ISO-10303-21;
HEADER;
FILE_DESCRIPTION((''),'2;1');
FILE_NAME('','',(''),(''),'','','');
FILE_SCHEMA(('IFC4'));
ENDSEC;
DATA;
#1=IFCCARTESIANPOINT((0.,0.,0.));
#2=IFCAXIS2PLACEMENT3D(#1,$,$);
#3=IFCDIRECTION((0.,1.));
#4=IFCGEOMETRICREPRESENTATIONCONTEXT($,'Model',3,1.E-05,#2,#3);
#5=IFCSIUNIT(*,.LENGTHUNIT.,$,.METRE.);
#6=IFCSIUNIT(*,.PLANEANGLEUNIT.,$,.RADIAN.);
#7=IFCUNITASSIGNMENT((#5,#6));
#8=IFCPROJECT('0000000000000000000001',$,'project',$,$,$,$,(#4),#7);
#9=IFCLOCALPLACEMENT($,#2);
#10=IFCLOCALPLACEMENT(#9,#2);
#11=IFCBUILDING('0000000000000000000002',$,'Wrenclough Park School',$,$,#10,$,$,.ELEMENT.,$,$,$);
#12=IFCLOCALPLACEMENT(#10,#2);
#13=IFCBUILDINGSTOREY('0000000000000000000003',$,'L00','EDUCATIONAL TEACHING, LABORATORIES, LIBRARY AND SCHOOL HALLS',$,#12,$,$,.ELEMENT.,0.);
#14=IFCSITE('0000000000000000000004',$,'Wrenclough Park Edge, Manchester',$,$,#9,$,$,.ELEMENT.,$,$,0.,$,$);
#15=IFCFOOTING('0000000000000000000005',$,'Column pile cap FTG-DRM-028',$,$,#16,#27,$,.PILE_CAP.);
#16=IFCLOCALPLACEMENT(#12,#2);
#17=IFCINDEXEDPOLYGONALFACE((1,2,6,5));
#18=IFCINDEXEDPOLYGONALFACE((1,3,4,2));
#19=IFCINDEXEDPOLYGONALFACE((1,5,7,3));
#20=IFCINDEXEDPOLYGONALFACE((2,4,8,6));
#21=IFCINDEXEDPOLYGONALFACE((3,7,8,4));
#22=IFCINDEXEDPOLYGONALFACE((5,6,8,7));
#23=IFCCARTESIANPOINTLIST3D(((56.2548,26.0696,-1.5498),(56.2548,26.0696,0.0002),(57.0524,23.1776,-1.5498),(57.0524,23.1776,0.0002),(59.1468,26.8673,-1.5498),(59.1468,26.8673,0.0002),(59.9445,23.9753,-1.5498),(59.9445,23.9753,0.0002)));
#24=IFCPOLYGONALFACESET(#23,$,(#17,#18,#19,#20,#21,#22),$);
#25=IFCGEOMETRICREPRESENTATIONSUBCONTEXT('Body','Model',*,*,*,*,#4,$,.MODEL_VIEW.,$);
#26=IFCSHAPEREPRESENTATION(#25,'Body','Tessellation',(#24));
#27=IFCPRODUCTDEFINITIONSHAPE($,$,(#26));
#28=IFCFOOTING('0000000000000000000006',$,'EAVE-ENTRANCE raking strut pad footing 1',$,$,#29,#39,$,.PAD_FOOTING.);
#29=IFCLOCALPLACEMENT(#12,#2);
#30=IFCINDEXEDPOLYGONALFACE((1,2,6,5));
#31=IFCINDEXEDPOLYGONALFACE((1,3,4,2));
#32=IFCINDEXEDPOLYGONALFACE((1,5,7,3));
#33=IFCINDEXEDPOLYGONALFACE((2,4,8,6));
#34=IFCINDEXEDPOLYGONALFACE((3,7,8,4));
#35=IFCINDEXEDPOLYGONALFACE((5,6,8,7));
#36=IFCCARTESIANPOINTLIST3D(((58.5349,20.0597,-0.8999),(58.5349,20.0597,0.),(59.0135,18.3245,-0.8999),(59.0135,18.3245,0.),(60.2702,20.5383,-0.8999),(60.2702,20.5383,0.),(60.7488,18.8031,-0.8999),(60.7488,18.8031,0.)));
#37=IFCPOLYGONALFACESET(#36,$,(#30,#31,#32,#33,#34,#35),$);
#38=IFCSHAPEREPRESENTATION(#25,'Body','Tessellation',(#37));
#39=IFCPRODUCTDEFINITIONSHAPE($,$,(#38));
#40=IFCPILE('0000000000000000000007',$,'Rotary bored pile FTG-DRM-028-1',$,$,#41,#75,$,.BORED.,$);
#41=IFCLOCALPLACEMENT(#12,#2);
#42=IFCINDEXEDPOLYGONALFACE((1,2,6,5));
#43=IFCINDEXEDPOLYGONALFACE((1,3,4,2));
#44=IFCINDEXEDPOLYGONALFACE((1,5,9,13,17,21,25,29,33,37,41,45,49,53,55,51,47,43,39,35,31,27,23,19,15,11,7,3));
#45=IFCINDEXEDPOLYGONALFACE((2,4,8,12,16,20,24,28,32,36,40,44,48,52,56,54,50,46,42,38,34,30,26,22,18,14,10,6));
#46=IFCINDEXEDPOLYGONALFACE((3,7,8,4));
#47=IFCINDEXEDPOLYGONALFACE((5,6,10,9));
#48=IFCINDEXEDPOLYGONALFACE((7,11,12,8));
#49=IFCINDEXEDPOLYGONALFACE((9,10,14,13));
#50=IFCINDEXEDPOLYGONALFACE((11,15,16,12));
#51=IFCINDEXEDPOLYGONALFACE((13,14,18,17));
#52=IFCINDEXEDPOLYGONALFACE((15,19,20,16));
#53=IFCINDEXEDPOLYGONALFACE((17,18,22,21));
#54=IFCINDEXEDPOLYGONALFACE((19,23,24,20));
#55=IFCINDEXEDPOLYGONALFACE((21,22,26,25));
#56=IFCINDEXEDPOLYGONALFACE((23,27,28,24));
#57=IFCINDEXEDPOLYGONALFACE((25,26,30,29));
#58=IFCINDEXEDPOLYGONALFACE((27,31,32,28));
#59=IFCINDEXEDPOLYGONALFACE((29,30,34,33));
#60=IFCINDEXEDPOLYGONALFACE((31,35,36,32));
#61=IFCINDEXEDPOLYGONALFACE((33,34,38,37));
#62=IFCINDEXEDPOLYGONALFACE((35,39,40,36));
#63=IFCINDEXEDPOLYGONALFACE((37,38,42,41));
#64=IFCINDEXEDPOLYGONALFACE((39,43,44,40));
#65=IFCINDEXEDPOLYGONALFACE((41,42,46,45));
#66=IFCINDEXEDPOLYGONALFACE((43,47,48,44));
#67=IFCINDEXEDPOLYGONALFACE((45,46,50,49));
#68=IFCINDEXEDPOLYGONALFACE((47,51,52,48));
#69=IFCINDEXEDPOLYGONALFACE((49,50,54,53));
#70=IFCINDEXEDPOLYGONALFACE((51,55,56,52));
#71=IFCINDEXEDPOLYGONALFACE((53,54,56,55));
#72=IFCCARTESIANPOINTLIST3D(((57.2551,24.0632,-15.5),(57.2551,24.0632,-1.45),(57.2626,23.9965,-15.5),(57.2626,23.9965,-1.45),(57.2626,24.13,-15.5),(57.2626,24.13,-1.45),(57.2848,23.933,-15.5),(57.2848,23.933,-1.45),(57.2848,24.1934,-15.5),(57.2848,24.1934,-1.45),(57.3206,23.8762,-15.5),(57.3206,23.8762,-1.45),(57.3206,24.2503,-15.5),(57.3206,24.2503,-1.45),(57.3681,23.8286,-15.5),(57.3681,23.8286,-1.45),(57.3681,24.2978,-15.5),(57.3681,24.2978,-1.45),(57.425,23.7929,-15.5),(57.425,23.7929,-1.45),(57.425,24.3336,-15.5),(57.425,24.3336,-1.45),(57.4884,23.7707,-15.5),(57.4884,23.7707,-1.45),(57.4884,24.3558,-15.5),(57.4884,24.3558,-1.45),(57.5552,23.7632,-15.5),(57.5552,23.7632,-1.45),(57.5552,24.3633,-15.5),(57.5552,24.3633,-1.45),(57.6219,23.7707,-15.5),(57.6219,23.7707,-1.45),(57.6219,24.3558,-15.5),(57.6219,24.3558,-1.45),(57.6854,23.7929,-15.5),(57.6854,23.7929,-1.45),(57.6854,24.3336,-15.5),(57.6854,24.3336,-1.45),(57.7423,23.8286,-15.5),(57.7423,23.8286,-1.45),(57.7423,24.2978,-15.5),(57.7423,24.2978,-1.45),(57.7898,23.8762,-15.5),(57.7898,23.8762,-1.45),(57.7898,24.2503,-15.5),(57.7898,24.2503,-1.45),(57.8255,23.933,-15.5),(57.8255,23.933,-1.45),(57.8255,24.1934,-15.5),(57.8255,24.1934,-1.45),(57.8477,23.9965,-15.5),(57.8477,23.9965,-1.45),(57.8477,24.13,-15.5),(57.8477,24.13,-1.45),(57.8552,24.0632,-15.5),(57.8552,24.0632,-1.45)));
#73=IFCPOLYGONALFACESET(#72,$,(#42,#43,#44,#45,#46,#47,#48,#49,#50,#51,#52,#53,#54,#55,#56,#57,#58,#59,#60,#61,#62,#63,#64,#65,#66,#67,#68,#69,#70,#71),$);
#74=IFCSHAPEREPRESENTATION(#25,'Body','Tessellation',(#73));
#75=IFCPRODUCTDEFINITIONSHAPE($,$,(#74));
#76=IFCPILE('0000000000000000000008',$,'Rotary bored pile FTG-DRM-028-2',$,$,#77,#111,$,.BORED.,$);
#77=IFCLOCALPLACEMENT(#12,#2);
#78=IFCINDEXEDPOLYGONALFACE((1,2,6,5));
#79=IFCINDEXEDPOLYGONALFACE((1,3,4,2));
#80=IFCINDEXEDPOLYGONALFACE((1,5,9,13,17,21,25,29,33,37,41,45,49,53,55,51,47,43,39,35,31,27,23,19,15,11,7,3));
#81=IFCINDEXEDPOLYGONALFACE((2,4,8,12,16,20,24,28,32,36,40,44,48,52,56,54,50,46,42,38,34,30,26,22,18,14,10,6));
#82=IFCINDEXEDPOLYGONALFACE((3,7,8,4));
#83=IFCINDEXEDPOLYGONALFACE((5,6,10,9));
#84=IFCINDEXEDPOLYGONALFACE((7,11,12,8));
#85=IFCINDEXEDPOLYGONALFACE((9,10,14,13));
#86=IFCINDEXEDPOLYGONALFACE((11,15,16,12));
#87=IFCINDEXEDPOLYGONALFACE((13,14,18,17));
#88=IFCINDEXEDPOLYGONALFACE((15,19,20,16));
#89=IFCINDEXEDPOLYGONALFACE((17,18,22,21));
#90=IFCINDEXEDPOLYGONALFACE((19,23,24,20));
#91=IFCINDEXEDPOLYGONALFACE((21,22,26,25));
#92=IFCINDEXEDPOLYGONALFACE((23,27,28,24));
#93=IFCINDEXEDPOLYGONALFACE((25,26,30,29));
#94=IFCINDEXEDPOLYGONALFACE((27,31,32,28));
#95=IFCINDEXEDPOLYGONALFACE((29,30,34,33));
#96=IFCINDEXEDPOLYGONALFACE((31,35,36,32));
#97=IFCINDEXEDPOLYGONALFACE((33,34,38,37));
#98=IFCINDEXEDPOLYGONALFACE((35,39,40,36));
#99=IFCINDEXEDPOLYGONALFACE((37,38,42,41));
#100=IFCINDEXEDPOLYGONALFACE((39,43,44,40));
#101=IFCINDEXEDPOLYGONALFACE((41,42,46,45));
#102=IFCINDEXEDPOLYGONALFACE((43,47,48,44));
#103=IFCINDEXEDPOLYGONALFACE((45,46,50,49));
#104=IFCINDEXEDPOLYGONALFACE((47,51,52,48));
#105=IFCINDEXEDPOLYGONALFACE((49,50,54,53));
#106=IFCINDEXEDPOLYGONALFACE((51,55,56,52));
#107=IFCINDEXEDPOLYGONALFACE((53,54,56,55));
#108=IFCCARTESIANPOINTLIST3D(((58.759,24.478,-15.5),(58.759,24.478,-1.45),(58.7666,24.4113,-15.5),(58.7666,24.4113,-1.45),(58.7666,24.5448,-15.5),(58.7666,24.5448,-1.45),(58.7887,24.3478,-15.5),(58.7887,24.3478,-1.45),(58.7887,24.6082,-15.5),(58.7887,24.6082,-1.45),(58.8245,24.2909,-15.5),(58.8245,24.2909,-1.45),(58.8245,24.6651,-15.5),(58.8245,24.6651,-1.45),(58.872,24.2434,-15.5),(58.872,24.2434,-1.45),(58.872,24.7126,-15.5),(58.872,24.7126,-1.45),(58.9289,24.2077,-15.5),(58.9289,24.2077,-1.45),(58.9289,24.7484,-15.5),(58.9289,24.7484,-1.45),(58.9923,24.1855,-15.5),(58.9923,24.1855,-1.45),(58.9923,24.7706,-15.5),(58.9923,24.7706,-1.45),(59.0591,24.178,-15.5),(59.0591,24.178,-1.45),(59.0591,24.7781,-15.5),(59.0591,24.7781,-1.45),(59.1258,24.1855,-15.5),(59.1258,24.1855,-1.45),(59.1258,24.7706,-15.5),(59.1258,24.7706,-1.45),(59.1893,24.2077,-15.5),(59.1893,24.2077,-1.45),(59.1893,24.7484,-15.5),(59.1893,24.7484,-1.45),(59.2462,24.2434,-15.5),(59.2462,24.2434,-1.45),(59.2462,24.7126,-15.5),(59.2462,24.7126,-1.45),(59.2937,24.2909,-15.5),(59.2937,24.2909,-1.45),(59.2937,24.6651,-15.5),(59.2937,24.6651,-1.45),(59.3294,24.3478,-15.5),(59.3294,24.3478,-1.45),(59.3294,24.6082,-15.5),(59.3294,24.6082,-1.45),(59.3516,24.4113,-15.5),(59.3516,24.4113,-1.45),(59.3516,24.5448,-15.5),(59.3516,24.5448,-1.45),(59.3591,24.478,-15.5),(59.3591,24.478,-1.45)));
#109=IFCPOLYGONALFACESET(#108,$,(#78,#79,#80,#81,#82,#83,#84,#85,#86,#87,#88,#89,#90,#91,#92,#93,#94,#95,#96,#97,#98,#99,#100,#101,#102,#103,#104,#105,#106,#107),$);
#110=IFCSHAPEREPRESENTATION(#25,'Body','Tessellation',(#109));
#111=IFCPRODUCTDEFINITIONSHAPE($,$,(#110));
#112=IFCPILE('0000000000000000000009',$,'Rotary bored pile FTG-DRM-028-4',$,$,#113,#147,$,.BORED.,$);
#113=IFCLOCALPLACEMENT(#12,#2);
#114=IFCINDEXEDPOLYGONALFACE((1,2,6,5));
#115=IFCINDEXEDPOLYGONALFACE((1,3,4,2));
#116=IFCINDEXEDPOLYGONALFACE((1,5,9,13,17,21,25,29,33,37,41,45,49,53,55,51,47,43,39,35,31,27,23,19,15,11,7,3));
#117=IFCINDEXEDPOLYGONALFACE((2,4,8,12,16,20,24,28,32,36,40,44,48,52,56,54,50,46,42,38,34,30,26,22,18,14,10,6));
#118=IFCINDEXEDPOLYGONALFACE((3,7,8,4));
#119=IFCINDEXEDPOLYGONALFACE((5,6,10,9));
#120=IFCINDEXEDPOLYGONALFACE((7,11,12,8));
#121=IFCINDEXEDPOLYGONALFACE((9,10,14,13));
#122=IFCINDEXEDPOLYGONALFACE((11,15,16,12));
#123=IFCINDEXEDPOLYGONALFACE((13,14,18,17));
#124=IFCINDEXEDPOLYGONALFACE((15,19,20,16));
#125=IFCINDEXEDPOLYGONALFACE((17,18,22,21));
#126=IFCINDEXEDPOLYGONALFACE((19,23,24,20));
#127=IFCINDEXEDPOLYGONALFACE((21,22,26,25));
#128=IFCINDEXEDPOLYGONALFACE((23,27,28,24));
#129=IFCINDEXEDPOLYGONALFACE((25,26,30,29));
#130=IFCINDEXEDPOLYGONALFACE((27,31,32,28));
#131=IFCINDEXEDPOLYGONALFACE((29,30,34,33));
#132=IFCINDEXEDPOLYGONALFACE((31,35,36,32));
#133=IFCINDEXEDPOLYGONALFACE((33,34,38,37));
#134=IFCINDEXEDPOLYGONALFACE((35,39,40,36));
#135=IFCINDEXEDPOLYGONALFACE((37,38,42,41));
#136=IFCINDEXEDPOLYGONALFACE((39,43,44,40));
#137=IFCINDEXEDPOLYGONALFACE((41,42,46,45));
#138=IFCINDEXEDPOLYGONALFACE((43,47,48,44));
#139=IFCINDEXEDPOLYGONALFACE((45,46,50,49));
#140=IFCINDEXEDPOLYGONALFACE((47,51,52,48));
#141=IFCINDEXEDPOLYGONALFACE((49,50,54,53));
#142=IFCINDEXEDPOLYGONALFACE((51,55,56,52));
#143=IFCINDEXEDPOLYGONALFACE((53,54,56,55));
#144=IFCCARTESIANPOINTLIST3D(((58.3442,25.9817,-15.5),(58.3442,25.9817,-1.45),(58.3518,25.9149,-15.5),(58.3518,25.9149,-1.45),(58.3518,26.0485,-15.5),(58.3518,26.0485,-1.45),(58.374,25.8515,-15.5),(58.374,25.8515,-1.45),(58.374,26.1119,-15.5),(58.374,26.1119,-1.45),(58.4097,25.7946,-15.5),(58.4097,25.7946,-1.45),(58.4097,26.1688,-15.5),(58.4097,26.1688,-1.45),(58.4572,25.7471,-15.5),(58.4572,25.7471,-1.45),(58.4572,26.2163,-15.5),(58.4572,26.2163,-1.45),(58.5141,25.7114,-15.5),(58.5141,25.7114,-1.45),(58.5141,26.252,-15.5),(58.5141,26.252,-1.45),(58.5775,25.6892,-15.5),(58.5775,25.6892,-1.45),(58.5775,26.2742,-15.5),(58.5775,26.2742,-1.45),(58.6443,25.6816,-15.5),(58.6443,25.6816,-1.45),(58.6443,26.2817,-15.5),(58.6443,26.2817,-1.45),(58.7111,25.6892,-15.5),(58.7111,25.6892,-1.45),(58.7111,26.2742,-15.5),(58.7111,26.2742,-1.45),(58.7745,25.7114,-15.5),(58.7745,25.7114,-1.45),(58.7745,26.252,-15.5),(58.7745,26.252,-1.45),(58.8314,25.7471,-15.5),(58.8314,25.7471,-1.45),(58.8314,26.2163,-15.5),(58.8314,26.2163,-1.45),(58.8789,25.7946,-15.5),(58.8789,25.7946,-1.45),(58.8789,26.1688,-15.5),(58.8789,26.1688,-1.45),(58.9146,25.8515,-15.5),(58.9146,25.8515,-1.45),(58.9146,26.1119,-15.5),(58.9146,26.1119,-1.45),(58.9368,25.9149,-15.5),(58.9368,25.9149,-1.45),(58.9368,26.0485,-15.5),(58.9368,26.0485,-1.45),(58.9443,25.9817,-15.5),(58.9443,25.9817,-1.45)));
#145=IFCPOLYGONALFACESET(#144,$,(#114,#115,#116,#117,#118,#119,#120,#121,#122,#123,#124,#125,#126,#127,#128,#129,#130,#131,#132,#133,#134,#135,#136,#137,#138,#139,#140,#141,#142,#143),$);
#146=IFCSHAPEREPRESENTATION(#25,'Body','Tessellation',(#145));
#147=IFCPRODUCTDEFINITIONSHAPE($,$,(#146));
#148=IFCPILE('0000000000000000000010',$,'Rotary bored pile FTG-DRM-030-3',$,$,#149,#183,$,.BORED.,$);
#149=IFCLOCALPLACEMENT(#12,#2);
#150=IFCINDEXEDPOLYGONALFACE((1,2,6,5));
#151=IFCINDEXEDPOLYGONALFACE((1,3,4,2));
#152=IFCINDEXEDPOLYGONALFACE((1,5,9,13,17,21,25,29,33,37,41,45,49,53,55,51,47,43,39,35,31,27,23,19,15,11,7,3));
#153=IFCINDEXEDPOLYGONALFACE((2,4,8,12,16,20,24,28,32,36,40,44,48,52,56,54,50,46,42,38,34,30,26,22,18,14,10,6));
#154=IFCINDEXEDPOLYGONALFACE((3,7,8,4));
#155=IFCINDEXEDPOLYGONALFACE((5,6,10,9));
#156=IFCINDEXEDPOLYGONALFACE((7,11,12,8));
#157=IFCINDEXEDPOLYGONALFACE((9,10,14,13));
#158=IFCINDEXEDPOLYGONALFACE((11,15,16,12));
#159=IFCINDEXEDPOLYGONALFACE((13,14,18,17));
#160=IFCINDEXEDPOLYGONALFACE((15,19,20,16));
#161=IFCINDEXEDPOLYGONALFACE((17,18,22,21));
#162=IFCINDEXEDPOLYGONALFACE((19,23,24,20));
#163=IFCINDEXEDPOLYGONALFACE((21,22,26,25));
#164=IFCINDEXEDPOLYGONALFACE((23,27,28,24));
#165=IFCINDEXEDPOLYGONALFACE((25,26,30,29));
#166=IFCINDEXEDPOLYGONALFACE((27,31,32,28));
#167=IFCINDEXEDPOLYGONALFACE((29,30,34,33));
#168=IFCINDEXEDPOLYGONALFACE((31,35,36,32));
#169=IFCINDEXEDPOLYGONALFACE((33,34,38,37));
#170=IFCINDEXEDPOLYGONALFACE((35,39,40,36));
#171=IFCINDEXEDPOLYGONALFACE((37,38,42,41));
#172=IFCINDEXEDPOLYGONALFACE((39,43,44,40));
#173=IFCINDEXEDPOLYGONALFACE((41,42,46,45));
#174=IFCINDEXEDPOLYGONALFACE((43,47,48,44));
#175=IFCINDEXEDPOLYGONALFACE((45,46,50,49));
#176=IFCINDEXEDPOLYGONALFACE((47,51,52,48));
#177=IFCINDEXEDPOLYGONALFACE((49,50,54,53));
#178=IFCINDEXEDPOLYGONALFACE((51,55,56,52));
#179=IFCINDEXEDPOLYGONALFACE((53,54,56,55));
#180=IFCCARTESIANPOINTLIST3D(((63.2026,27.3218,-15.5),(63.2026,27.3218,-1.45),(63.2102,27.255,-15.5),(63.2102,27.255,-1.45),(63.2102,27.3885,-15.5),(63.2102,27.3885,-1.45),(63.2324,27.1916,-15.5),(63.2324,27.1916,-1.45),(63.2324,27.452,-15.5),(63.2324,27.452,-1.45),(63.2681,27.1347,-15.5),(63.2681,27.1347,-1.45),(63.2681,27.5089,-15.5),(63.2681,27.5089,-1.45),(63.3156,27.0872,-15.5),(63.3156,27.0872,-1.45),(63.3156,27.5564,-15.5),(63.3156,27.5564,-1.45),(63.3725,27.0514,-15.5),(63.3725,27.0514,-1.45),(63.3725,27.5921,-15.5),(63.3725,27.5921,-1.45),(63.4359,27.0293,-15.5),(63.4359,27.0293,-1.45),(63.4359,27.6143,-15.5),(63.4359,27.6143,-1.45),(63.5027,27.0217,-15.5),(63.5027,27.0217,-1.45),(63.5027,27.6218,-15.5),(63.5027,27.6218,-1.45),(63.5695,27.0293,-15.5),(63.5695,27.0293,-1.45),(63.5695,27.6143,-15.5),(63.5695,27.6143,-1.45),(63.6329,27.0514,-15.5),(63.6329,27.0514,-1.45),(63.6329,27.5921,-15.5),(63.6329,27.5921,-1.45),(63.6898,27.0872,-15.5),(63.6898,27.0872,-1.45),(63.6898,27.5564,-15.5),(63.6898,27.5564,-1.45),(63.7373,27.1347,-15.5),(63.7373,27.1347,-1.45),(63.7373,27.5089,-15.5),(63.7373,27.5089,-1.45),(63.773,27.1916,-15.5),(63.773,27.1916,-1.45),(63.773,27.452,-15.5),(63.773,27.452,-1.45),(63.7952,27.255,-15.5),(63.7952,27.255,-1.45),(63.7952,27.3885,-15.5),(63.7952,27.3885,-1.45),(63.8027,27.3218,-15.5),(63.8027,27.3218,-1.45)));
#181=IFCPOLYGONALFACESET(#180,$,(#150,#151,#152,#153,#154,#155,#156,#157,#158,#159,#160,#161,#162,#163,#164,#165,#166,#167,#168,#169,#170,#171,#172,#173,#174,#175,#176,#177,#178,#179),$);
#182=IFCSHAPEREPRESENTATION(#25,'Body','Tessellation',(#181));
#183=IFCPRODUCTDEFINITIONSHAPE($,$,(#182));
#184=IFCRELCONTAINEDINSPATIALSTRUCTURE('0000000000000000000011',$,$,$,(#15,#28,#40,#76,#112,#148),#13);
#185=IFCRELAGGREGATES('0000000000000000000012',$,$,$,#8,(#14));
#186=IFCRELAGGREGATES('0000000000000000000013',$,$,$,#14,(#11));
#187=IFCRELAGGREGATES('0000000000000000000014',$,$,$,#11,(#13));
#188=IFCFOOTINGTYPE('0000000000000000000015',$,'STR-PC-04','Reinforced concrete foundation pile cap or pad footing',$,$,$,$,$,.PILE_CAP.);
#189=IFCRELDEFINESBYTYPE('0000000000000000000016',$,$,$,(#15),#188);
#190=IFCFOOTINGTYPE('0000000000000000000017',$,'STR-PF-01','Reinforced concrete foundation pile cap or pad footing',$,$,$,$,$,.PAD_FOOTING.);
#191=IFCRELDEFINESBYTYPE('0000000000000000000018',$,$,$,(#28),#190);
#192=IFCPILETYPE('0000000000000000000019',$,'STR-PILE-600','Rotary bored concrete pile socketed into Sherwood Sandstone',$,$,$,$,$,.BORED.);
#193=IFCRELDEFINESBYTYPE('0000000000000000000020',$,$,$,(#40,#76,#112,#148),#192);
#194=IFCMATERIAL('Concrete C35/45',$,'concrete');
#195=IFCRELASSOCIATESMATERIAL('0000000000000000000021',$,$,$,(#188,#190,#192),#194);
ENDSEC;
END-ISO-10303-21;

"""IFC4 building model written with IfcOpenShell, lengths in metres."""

from ifc_helpers import new_model, si_unit, direction, frame, origin, origin_2d, place, context, subcontext, project, spatial, rectangle, circle, extrude, material, material_profile, profile_set, type_object, element, save


model = new_model("IFC4")

# Units and contexts
model_context = context("Model", 3, precision=1e-05, world=origin(), true_north=direction((0.0, 1.0)))
body_context = subcontext(model_context, "Body", "Model", "MODEL_VIEW")
ifc_project = project(units=[si_unit("LENGTHUNIT", "METRE"), si_unit("PLANEANGLEUNIT", "RADIAN")], contexts=[model_context])

# Site, building, storey
site_placement = place(None, origin())
site = spatial("IfcSite", under=ifc_project, at=site_placement, Name="Wrenclough Park Edge, Manchester", CompositionType="ELEMENT", RefElevation=0.0)
building_placement = place(site_placement, origin())
building = spatial("IfcBuilding", under=site, at=building_placement, Name="Wrenclough Park School", CompositionType="ELEMENT")
storey_placement = place(building_placement, origin())
storey = spatial("IfcBuildingStorey", under=building, at=storey_placement, Name="L00", Description="EDUCATIONAL TEACHING, LABORATORIES, LIBRARY AND SCHOOL HALLS", CompositionType="ELEMENT", Elevation=0.0)

# Footings
ifc_material_1 = material(Name="Concrete C35/45", Category="concrete")
footing_type_1 = type_object("IfcFootingType", Name="STR-PC-04", Description="Reinforced concrete foundation pile cap or pad footing", PredefinedType="PILE_CAP", material=ifc_material_1)
footing_1_placement = place(storey_placement, frame((58.0996, 25.0225, -1.5498), z_axis=(0.0, 0.0, 1.0), x_axis=(0.964003, 0.265893, 0.0)))
element("IfcFooting", 1, at=footing_1_placement, inside=storey, type_object=footing_type_1, Name="Column pile cap FTG-DRM-028", PredefinedType="PILE_CAP", context=body_context, shape_type="SweptSolid", body=[
    extrude(rectangle(XDim=3.0, YDim=3.0, at=origin_2d()), origin(), (0.0, 0.0, 1.0), 1.55),
])
footing_type_2 = type_object("IfcFootingType", Name="STR-PF-01", Description="Reinforced concrete foundation pile cap or pad footing", PredefinedType="PAD_FOOTING", material=ifc_material_1)
footing_2_placement = place(storey_placement, frame((59.6418, 19.4314, -0.8999), z_axis=(0.0, 0.0, 1.0), x_axis=(0.964003, 0.265893, 0.0)))
element("IfcFooting", 2, at=footing_2_placement, inside=storey, type_object=footing_type_2, Name="EAVE-ENTRANCE raking strut pad footing 1", PredefinedType="PAD_FOOTING", context=body_context, shape_type="SweptSolid", body=[
    extrude(rectangle(XDim=1.8, YDim=1.8, at=origin_2d()), origin(), (0.0, 0.0, 1.0), 0.8999),
])

# Piles
ifc_material_profile_1 = material_profile(ifc_material_1, circle(Radius=0.3, at=origin_2d()), Name="BORED PILE D600")
ifc_profile_set_1 = profile_set([ifc_material_profile_1], Name="Concrete C35/45")
pile_type = type_object("IfcPileType", Name="STR-PILE-600", Description="Rotary bored concrete pile socketed into Sherwood Sandstone", PredefinedType="BORED", material=ifc_profile_set_1)
for number, where, z_axis, x_axis, name in (
    (3, (57.5552, 24.0632, -1.45), (0.0, 0.0, -1.0), (1.0, 0.0, 0.0), "Rotary bored pile FTG-DRM-028-1"),
    (4, (59.0591, 24.478, -1.45), (0.0, 0.0, -1.0), (1.0, 0.0, 0.0), "Rotary bored pile FTG-DRM-028-2"),
    (5, (58.6443, 25.9817, -1.45), (0.0, 0.0, -1.0), (1.0, 0.0, 0.0), "Rotary bored pile FTG-DRM-028-4"),
    (6, (63.5027, 27.3218, -1.45), (0.0, 0.0, -1.0), (1.0, 0.0, 0.0), "Rotary bored pile FTG-DRM-030-3"),
):
    element("IfcPile", number, at=place(storey_placement, frame(where, z_axis=z_axis, x_axis=x_axis)), inside=storey, type_object=pile_type, Name=name, PredefinedType="BORED", context=body_context, shape_type="SweptSolid", body=[
        extrude(circle(Radius=0.3, at=origin_2d()), origin(), (0.0, 0.0, 1.0), 14.05),
    ])

save(model, "model.ifc")
